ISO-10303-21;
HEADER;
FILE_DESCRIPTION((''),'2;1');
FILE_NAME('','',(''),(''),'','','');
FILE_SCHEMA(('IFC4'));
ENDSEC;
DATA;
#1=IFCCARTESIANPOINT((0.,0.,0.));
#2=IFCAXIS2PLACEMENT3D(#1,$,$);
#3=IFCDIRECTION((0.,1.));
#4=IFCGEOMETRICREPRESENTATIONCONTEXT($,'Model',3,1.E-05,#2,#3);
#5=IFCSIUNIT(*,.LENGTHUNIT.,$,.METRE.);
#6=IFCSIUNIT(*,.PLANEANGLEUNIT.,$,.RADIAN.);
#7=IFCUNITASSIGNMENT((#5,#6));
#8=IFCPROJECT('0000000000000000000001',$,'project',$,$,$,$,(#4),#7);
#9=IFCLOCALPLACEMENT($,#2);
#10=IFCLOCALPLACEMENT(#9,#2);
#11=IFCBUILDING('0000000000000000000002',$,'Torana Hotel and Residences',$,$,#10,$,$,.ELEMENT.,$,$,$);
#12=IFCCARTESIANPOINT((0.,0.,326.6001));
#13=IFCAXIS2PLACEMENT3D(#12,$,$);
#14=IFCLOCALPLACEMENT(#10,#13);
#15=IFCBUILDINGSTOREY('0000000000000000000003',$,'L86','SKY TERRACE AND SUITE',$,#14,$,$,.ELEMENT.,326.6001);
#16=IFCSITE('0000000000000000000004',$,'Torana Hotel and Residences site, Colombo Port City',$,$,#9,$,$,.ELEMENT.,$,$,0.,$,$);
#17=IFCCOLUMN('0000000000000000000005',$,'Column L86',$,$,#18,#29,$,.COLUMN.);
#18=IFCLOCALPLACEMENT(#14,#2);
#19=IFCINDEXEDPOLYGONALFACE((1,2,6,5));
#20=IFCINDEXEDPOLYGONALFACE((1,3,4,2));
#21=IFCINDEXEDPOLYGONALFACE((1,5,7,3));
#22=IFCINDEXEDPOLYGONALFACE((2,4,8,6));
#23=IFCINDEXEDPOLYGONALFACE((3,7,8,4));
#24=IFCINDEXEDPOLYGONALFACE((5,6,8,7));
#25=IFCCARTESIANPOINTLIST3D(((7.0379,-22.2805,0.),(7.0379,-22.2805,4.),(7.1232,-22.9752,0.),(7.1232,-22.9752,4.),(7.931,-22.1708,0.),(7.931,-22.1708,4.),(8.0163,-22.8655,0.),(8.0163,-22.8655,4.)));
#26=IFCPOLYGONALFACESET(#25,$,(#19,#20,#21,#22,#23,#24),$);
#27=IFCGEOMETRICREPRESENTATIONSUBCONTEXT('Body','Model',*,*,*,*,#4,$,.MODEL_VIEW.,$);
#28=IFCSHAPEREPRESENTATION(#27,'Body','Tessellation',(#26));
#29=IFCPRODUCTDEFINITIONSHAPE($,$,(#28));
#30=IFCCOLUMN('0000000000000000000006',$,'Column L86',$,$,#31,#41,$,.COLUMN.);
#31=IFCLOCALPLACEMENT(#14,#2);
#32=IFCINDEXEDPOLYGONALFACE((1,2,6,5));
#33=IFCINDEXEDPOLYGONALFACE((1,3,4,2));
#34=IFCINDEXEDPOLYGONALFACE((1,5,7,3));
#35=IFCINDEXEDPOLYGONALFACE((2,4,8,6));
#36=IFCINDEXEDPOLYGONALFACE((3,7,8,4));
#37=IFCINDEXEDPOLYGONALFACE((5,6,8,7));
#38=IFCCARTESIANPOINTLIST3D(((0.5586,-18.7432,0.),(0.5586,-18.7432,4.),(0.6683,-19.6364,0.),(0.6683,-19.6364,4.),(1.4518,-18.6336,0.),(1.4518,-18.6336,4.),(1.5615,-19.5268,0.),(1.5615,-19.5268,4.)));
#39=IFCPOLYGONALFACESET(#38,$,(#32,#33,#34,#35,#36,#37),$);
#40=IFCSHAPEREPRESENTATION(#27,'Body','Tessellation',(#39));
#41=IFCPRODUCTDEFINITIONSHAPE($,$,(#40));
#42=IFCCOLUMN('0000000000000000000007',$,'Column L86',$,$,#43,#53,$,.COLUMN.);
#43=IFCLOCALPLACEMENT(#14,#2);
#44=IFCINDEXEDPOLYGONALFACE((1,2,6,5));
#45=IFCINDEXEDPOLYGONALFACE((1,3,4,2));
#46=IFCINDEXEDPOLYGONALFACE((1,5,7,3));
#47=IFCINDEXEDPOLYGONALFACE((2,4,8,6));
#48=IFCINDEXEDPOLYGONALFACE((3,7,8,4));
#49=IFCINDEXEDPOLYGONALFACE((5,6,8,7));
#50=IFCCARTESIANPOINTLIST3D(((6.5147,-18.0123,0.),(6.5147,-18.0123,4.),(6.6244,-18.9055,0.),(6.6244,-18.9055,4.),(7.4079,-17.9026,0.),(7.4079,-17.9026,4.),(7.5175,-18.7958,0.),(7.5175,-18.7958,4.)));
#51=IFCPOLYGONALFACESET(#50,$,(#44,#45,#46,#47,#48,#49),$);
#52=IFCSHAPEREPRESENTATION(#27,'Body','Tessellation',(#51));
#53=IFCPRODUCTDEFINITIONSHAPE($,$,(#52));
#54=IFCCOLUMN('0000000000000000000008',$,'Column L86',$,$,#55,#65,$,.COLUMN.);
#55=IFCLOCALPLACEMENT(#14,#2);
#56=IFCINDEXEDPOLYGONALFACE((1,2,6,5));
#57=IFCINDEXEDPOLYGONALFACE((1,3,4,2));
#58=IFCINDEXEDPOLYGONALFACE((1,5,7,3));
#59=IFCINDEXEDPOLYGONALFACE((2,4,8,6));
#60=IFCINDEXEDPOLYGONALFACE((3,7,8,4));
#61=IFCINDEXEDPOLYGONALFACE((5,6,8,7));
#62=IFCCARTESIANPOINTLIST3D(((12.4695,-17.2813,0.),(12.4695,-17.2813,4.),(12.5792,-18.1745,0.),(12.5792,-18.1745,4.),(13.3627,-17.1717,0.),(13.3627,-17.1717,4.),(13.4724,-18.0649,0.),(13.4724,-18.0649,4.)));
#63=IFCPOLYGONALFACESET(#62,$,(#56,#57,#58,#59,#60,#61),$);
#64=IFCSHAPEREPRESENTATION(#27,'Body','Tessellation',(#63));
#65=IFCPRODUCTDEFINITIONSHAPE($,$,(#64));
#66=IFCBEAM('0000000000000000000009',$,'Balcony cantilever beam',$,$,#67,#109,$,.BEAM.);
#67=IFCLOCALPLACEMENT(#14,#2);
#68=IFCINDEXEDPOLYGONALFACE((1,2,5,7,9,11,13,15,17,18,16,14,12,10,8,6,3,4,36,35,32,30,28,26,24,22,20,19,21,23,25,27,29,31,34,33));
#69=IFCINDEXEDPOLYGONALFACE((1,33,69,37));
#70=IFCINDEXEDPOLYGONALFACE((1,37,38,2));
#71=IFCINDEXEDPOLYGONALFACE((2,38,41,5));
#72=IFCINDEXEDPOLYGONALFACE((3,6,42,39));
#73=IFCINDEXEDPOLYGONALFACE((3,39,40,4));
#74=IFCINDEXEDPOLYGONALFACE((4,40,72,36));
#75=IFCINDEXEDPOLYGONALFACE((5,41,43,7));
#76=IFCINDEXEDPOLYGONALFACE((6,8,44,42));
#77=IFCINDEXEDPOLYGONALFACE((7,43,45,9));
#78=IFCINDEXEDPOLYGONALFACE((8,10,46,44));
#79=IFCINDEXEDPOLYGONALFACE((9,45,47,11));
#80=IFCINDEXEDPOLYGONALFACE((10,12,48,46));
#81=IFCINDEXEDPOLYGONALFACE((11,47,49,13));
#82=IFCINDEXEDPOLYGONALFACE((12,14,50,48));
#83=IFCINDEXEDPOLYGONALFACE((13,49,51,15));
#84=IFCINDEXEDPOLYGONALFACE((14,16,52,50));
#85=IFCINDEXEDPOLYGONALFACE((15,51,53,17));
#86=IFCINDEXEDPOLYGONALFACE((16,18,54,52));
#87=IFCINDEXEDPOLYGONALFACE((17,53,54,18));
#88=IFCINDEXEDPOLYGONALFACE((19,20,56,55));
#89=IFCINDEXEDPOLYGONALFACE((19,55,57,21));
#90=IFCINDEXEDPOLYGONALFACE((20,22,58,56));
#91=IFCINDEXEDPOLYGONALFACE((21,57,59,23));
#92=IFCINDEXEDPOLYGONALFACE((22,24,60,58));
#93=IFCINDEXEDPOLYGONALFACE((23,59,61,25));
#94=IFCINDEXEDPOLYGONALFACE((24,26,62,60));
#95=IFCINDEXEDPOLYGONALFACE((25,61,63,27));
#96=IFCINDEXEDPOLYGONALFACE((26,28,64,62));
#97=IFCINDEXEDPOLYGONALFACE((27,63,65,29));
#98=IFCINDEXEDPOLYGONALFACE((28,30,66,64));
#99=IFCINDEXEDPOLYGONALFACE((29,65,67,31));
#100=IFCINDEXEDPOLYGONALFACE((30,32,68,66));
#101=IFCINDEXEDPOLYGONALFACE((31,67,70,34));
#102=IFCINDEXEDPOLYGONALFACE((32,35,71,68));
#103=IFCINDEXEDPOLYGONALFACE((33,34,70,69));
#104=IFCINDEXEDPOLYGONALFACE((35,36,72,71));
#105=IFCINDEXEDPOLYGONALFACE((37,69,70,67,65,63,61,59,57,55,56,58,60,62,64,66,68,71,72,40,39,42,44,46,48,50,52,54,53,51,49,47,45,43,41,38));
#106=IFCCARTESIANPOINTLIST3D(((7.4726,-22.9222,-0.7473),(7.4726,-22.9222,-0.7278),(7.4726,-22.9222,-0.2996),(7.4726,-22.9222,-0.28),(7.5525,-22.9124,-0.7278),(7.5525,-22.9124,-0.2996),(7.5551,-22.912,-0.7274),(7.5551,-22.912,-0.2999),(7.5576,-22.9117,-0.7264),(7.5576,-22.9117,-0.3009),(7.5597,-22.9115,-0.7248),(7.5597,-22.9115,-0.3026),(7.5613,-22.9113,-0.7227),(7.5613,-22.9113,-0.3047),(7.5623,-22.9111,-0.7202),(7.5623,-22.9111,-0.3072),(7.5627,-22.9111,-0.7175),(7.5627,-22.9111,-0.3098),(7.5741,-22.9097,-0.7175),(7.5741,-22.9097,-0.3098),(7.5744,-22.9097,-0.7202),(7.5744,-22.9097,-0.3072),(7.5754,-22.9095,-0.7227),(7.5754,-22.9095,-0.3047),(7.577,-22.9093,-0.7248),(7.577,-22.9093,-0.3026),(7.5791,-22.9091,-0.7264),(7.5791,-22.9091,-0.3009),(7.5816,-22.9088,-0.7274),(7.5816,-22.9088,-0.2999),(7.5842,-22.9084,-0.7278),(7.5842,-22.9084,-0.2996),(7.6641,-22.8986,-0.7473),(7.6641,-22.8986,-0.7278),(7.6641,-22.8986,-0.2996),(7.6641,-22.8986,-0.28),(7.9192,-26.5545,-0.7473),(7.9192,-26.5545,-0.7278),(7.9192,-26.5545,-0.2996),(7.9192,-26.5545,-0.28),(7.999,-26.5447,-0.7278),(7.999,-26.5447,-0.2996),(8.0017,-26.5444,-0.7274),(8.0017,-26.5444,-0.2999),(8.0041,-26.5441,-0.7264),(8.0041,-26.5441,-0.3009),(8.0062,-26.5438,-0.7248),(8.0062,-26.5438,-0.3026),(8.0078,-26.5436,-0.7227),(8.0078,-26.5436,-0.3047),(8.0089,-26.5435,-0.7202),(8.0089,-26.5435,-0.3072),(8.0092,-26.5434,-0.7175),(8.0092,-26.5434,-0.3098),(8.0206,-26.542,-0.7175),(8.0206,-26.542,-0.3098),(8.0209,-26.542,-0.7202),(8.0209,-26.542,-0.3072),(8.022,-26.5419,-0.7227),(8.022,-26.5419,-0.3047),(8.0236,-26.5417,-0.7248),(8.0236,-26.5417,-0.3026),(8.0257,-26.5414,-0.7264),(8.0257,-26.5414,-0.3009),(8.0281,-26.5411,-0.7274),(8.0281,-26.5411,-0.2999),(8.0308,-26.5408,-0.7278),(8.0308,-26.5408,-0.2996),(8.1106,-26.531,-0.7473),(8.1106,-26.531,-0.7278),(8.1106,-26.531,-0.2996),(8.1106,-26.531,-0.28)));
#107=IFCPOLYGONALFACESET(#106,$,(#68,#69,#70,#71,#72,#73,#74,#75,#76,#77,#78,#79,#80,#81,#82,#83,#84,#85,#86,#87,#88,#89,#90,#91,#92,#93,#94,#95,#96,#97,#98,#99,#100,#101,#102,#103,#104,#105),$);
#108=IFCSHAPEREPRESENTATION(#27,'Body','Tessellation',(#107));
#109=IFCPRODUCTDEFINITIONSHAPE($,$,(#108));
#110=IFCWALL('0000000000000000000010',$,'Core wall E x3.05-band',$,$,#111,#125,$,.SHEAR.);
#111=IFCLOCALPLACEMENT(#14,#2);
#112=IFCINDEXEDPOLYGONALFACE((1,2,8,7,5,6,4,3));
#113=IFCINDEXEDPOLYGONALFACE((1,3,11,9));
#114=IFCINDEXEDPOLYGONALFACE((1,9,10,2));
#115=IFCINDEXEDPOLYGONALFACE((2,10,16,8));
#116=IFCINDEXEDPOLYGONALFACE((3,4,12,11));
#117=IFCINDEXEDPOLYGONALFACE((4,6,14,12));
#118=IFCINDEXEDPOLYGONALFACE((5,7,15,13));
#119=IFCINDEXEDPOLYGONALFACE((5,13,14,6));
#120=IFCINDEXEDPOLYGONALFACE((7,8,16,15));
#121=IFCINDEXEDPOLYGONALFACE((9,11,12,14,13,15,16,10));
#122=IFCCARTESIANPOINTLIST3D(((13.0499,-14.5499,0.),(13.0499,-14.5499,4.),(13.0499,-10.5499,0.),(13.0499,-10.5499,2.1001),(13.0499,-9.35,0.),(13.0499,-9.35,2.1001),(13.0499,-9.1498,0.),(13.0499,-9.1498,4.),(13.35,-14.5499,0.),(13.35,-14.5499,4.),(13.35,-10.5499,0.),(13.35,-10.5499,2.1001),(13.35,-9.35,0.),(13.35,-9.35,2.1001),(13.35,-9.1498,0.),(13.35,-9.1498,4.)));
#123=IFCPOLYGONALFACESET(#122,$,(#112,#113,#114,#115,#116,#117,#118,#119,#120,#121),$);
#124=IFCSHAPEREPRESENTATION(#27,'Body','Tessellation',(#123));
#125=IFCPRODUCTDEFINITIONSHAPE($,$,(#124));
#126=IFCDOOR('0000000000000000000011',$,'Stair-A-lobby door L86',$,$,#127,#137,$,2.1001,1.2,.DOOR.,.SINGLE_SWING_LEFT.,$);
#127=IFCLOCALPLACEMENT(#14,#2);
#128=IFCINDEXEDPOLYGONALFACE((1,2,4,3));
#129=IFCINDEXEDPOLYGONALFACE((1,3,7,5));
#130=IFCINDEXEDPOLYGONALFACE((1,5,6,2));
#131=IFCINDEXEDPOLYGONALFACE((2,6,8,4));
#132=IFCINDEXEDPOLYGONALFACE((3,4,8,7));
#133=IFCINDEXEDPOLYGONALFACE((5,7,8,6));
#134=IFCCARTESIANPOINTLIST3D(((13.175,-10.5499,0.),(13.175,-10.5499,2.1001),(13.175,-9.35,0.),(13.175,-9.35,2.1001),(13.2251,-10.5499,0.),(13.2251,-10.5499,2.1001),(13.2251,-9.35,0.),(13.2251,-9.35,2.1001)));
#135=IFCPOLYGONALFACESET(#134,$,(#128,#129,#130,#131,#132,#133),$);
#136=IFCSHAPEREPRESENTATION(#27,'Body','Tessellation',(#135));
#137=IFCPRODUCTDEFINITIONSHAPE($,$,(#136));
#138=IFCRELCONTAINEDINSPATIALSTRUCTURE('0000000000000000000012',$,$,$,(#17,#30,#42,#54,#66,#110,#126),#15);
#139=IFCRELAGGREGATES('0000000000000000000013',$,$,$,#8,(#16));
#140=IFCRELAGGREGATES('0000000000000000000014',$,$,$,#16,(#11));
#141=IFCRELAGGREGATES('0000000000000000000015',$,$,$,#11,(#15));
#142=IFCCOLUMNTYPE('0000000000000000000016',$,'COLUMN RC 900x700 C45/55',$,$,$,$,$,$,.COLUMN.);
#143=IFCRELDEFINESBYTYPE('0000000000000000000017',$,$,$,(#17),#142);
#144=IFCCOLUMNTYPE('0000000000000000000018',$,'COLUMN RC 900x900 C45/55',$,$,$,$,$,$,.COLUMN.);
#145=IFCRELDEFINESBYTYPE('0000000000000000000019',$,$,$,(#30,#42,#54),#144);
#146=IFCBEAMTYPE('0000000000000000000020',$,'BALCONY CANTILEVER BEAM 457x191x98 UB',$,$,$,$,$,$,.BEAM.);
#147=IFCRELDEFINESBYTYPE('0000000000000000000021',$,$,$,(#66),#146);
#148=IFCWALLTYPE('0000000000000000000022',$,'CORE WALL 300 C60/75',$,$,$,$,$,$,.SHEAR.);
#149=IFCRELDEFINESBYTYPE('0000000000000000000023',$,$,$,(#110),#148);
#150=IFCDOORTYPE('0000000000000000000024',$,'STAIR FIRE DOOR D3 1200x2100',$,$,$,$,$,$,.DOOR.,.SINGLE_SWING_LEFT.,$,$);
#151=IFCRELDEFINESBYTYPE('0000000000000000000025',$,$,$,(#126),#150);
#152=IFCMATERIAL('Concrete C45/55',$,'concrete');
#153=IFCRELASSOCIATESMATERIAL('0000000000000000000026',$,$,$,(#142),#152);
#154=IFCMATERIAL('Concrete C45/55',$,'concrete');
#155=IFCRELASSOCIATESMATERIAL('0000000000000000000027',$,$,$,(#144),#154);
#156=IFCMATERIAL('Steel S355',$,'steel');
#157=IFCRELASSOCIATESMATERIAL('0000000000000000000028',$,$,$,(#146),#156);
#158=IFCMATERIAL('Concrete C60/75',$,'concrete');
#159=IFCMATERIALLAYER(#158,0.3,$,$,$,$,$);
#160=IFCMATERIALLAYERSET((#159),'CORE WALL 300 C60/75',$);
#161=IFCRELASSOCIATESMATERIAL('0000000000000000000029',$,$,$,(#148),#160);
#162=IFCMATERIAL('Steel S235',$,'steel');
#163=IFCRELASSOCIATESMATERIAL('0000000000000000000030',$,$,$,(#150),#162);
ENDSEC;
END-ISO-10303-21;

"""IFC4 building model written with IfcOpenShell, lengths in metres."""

from ifc_helpers import new_model, si_unit, direction, frame, frame_2d, origin, origin_2d, place, context, subcontext, project, spatial, rectangle, i_section, extrude, material, layer, layer_set, material_profile, profile_set, type_object, element, fill, save


model = new_model("IFC4")

# Units and contexts
model_context = context("Model", 3, precision=1e-05, world=origin(), true_north=direction((0.0, 1.0)))
body_context = subcontext(model_context, "Body", "Model", "MODEL_VIEW")
ifc_project = project(units=[si_unit("LENGTHUNIT", "METRE"), si_unit("PLANEANGLEUNIT", "RADIAN")], contexts=[model_context])

# Site, building, storey
site_placement = place(None, origin())
site = spatial("IfcSite", under=ifc_project, at=site_placement, Name="Torana Hotel and Residences site, Colombo Port City", CompositionType="ELEMENT", RefElevation=0.0)
building_placement = place(site_placement, origin())
building = spatial("IfcBuilding", under=site, at=building_placement, Name="Torana Hotel and Residences", CompositionType="ELEMENT")
storey_placement = place(building_placement, frame((0.0, 0.0, 326.6001)))
storey = spatial("IfcBuildingStorey", under=building, at=storey_placement, Name="L86", Description="SKY TERRACE AND SUITE", CompositionType="ELEMENT", Elevation=326.6001)

# Columns
ifc_material_1 = material(Name="Concrete C45/55", Category="concrete")
ifc_material_profile_1 = material_profile(ifc_material_1, rectangle(XDim=0.8999, YDim=0.7, at=origin_2d()), Name="RC 900x700")
ifc_profile_set_1 = profile_set([ifc_material_profile_1], Name="Concrete C45/55")
column_type_1 = type_object("IfcColumnType", Name="COLUMN RC 900x700 C45/55", PredefinedType="COLUMN", material=ifc_profile_set_1)
column_placement = place(storey_placement, frame((7.5271, -22.573, 0.0), z_axis=(0.0, 0.0, 1.0), x_axis=(0.992546, 0.121869, 0.0)))
element("IfcColumn", 1, at=column_placement, inside=storey, type_object=column_type_1, Name="Column L86", PredefinedType="COLUMN", context=body_context, shape_type="SweptSolid", body=[
    extrude(rectangle(XDim=0.8999, YDim=0.7, at=origin_2d()), origin(), (0.0, 0.0, 1.0), 4.0),
])
ifc_material_2 = material(Name="Concrete C45/55", Category="concrete")
ifc_material_profile_2 = material_profile(ifc_material_2, rectangle(XDim=0.8999, YDim=0.8999, at=origin_2d()), Name="RC 900x900")
ifc_profile_set_2 = profile_set([ifc_material_profile_2], Name="Concrete C45/55")
column_type_2 = type_object("IfcColumnType", Name="COLUMN RC 900x900 C45/55", PredefinedType="COLUMN", material=ifc_profile_set_2)
for number, where, z_axis, x_axis, name in (
    (2, (1.0601, -19.135, 0.0), (0.0, 0.0, 1.0), (0.992546, 0.121869, 0.0), "Column L86"),
    (3, (7.0161, -18.4041, 0.0), (0.0, 0.0, 1.0), (0.992546, 0.121869, 0.0), "Column L86"),
    (4, (12.9709, -17.6731, 0.0), (0.0, 0.0, 1.0), (0.992546, 0.121869, 0.0), "Column L86"),
):
    element("IfcColumn", number, at=place(storey_placement, frame(where, z_axis=z_axis, x_axis=x_axis)), inside=storey, type_object=column_type_2, Name=name, PredefinedType="COLUMN", context=body_context, shape_type="SweptSolid", body=[
        extrude(rectangle(XDim=0.8999, YDim=0.8999, at=origin_2d()), origin(), (0.0, 0.0, 1.0), 4.0),
    ])

# Beam
ifc_material_3 = material(Name="Steel S355", Category="steel")
ifc_material_profile_3 = material_profile(ifc_material_3, i_section(OverallWidth=0.1929, OverallDepth=0.4673, WebThickness=0.0115, FlangeThickness=0.0195, FilletRadius=0.0103, at=origin_2d()), Name="457x191x98 UB")
ifc_profile_set_3 = profile_set([ifc_material_profile_3], Name="Steel S355")
beam_type = type_object("IfcBeamType", Name="BALCONY CANTILEVER BEAM 457x191x98 UB", PredefinedType="BEAM", material=ifc_profile_set_3)
beam_placement = place(storey_placement, frame((7.5684, -22.9104, -0.5137), z_axis=(0.122015, -0.992528, 0.0), x_axis=(0.992528, 0.122015, 0.0)))
element("IfcBeam", 5, at=beam_placement, inside=storey, type_object=beam_type, Name="Balcony cantilever beam", PredefinedType="BEAM", context=body_context, shape_type="SweptSolid", body=[
    extrude(i_section(OverallWidth=0.1929, OverallDepth=0.4673, WebThickness=0.0115, FlangeThickness=0.0195, FilletRadius=0.0103, at=origin_2d()), origin(), (0.0, 0.0, 1.0), 3.6597),
])

# Wall, opening, door
ifc_material_4 = material(Name="Concrete C60/75", Category="concrete")
ifc_layer_1 = layer(ifc_material_4, 0.3)
ifc_layer_set_1 = layer_set([ifc_layer_1], Name="CORE WALL 300 C60/75")
wall_type_1 = type_object("IfcWallType", Name="CORE WALL 300 C60/75", PredefinedType="SHEAR", material=ifc_layer_set_1)
wall_1_placement = place(storey_placement, frame((13.2, -14.55, 0.0), z_axis=(0.0, 0.0, 1.0), x_axis=(0.0, 1.0, 0.0)))
wall_1 = element("IfcWall", 6, at=wall_1_placement, inside=storey, type_object=wall_type_1, Name="Core wall E x3.05-band", PredefinedType="SHEAR", context=body_context, shape_type="SweptSolid", body=[
    extrude(rectangle(XDim=5.4001, YDim=0.3, at=frame_2d((2.7002, 0.0))), origin(), (0.0, 0.0, 1.0), 4.0),
])
opening_1_placement = place(wall_1_placement, frame((4.0, 0.0, 0.0)))
opening_1 = element("IfcOpeningElement", 7, at=opening_1_placement, cuts=wall_1, PredefinedType="OPENING", context=body_context, shape_type="SweptSolid", body=[
    extrude(rectangle(XDim=1.2, YDim=2.1001, at=frame_2d((0.6001, 1.05))), frame((0.0, 0.1599, 0.0), z_axis=(0.0, -1.0, 0.0), x_axis=(1.0, 0.0, 0.0)), (0.0, 0.0, 1.0), 0.3201),
])
ifc_material_5 = material(Name="Steel S235", Category="steel")
door_type_1 = type_object("IfcDoorType", Name="STAIR FIRE DOOR D3 1200x2100", OperationType="SINGLE_SWING_LEFT", PredefinedType="DOOR", material=ifc_material_5)
door_1_placement = place(opening_1_placement, origin())
door_1 = element("IfcDoor", 8, at=door_1_placement, inside=storey, type_object=door_type_1, Name="Stair-A-lobby door L86", OperationType="SINGLE_SWING_LEFT", OverallHeight=2.1001, OverallWidth=1.2, PredefinedType="DOOR", context=body_context, shape_type="SweptSolid", body=[
    extrude(rectangle(XDim=1.2, YDim=2.1001, at=frame_2d((0.6001, 1.05))), frame((0.0, 0.0249, 0.0), z_axis=(0.0, -1.0, 0.0), x_axis=(1.0, 0.0, 0.0)), (0.0, 0.0, 1.0), 0.05),
])
fill(opening_1, door_1)

save(model, "model.ifc")
